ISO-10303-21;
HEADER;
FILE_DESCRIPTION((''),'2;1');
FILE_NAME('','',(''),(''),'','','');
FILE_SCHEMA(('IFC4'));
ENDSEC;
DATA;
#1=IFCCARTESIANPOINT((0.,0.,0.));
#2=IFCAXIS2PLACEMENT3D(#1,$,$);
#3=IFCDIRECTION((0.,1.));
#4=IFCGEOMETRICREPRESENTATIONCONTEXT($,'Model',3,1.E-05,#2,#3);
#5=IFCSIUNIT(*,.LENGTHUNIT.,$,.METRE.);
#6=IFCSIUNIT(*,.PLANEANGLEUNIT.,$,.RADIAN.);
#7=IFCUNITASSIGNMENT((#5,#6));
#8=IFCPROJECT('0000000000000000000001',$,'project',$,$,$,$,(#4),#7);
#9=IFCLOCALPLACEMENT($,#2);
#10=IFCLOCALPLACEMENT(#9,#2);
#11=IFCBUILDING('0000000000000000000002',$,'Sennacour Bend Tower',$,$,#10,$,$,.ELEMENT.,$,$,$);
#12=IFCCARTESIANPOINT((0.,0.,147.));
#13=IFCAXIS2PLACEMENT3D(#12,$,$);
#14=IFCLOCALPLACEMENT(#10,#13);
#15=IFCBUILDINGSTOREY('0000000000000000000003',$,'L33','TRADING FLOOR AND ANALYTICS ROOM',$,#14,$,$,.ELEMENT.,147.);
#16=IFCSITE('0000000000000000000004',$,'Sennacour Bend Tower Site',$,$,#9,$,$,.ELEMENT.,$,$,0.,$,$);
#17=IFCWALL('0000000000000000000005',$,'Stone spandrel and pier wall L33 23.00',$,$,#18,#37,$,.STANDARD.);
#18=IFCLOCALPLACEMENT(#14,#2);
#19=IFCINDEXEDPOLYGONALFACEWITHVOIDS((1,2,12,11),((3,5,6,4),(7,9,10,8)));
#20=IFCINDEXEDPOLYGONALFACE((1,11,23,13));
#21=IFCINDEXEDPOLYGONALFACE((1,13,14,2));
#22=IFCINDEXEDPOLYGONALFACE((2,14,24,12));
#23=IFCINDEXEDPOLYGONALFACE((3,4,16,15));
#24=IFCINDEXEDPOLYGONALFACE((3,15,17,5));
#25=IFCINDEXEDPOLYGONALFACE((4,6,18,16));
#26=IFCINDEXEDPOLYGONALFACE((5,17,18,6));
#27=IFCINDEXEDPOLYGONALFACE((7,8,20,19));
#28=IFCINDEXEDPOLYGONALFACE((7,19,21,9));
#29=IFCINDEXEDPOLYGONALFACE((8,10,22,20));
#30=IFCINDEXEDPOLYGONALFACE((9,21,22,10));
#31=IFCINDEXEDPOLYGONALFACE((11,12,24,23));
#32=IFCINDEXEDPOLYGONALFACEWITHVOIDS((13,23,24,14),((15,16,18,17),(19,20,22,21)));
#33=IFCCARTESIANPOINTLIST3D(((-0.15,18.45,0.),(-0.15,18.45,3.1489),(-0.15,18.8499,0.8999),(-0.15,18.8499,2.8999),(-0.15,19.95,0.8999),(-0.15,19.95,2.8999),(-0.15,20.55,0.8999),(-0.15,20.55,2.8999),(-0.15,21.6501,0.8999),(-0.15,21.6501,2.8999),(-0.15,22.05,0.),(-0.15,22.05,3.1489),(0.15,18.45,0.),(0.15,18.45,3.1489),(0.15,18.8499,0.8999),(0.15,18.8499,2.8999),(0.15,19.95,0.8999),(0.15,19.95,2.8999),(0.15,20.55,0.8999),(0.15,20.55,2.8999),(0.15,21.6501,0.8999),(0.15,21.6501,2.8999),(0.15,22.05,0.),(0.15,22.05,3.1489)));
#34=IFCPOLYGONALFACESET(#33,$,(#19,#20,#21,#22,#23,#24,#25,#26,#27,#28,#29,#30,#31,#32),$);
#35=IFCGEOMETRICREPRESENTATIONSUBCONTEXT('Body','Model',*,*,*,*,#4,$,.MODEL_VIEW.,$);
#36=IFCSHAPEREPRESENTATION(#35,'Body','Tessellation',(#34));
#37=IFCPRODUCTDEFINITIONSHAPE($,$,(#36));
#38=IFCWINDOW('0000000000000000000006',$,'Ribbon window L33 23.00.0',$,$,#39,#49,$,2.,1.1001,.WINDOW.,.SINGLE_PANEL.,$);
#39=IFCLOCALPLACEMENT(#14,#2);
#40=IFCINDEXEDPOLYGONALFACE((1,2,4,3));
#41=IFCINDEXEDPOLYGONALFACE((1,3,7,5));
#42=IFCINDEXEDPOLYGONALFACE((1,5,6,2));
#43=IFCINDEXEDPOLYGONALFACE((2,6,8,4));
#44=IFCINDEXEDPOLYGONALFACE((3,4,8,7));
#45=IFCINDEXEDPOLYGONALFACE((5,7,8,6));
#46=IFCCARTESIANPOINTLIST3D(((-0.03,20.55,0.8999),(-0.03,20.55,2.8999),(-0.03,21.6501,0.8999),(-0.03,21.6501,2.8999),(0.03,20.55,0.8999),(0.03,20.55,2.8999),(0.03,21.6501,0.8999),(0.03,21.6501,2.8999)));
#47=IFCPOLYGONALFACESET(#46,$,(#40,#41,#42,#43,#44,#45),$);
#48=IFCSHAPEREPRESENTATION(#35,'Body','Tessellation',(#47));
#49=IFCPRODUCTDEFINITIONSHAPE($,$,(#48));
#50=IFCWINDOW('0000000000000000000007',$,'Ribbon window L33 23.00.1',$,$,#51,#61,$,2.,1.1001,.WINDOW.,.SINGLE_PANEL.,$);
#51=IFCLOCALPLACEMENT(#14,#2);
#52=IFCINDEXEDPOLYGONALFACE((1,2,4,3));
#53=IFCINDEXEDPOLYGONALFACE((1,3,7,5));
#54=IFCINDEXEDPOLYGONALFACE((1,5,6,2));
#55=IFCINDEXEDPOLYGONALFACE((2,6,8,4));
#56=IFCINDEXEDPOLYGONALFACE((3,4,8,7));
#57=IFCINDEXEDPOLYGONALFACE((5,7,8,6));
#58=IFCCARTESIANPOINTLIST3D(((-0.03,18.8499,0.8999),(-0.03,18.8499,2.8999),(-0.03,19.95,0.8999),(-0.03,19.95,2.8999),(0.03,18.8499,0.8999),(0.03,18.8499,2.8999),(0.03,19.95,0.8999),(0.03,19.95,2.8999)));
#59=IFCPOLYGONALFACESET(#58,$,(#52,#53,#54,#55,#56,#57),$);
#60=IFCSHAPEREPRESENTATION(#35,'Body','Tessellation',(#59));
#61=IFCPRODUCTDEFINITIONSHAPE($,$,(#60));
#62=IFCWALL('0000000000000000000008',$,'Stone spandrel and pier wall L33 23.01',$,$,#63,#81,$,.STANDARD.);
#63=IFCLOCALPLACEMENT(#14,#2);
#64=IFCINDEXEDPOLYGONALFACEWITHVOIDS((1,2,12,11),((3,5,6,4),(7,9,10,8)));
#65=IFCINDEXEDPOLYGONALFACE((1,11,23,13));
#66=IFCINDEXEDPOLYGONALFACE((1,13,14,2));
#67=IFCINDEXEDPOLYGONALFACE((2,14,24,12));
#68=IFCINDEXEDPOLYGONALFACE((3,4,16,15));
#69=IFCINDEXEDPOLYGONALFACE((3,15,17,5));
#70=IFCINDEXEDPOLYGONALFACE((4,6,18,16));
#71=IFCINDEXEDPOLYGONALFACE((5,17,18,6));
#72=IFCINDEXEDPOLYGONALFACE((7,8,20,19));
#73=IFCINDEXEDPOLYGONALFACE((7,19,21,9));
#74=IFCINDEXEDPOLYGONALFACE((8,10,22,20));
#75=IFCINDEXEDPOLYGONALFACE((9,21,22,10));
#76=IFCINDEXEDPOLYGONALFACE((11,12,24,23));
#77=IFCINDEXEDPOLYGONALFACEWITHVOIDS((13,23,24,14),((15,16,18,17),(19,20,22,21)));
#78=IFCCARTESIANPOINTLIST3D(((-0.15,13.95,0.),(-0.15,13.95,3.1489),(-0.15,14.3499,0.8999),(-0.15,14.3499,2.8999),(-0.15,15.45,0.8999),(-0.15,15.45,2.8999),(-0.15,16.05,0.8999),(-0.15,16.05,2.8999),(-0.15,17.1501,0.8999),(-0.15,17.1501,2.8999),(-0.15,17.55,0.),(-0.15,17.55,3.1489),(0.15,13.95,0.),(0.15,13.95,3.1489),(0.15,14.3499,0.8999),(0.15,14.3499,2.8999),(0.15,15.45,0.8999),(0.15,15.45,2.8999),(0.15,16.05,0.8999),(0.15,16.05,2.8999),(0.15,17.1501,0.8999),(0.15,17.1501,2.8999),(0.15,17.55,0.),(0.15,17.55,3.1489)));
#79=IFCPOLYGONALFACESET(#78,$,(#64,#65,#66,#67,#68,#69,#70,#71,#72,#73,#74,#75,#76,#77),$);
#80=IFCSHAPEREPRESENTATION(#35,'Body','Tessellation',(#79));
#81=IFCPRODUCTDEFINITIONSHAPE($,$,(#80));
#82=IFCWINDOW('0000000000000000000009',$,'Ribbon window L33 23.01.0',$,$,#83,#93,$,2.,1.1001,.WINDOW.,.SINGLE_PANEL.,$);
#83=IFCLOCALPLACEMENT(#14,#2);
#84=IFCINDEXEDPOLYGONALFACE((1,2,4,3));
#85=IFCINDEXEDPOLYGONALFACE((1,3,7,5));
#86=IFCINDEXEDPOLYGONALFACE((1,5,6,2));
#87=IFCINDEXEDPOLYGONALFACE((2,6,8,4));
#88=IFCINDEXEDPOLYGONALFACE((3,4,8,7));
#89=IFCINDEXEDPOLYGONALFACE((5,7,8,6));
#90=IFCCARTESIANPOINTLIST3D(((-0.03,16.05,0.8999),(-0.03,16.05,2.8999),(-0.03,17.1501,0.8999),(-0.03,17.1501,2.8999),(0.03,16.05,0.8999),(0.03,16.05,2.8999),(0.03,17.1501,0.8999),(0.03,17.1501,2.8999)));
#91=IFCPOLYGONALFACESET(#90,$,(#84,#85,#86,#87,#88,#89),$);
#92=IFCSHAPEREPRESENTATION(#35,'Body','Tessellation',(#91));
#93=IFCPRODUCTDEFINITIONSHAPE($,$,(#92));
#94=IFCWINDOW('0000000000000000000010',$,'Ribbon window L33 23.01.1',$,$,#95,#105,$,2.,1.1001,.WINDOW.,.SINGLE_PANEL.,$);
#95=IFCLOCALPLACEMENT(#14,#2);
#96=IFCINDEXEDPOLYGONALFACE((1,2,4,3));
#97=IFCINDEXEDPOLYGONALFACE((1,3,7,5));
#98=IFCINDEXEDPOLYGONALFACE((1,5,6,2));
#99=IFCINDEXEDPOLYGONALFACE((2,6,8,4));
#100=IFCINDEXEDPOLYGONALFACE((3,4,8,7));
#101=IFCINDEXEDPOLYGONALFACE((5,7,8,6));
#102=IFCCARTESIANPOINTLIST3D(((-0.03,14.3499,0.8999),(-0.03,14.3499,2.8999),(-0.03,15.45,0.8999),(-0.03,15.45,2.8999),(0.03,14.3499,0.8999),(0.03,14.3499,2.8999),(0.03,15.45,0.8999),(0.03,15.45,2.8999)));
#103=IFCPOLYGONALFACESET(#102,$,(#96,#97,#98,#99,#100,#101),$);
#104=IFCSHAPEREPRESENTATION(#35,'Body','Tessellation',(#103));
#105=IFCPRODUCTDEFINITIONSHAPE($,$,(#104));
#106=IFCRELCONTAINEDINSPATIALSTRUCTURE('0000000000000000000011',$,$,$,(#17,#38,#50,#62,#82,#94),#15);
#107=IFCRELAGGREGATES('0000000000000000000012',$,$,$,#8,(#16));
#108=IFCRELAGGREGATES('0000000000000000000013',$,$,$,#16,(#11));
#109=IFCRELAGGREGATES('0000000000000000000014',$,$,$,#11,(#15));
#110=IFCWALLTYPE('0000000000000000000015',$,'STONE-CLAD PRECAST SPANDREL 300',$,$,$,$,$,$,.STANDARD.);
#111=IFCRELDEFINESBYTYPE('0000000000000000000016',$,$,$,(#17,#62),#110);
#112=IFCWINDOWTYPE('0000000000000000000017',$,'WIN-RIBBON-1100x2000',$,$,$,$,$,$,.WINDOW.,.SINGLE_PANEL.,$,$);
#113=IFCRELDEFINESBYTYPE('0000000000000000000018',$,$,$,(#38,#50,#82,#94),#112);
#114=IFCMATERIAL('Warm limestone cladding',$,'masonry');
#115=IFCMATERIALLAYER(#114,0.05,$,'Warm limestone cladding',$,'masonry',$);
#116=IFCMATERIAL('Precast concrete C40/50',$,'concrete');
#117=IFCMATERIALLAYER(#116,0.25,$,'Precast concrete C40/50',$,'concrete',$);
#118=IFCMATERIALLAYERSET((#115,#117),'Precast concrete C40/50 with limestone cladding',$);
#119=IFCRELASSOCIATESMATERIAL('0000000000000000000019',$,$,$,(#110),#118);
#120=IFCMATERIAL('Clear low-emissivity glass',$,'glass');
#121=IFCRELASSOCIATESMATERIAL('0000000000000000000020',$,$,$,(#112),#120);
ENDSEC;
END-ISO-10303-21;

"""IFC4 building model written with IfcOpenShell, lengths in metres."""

from ifc_helpers import new_model, si_unit, direction, frame, frame_2d, origin, place, context, subcontext, project, spatial, rectangle, extrude, material, layer, layer_set, type_object, element, fill, save


model = new_model("IFC4")

# Units and contexts
model_context = context("Model", 3, precision=1e-05, world=origin(), true_north=direction((0.0, 1.0)))
body_context = subcontext(model_context, "Body", "Model", "MODEL_VIEW")
ifc_project = project(units=[si_unit("LENGTHUNIT", "METRE"), si_unit("PLANEANGLEUNIT", "RADIAN")], contexts=[model_context])

# Site, building, storey
site_placement = place(None, origin())
site = spatial("IfcSite", under=ifc_project, at=site_placement, Name="Sennacour Bend Tower Site", CompositionType="ELEMENT", RefElevation=0.0)
building_placement = place(site_placement, origin())
building = spatial("IfcBuilding", under=site, at=building_placement, Name="Sennacour Bend Tower", CompositionType="ELEMENT")
storey_placement = place(building_placement, frame((0.0, 0.0, 147.0)))
storey = spatial("IfcBuildingStorey", under=building, at=storey_placement, Name="L33", Description="TRADING FLOOR AND ANALYTICS ROOM", CompositionType="ELEMENT", Elevation=147.0)

# Shared definitions
ifc_material_1 = material(Name="Warm limestone cladding", Category="masonry")
ifc_layer_1 = layer(ifc_material_1, 0.05, Name="Warm limestone cladding", Category="masonry")
ifc_material_2 = material(Name="Precast concrete C40/50", Category="concrete")
ifc_layer_2 = layer(ifc_material_2, 0.25, Name="Precast concrete C40/50", Category="concrete")
ifc_layer_set_1 = layer_set([ifc_layer_1, ifc_layer_2], Name="Precast concrete C40/50 with limestone cladding")
wall_type_1 = type_object("IfcWallType", Name="STONE-CLAD PRECAST SPANDREL 300", PredefinedType="STANDARD", material=ifc_layer_set_1)
ifc_material_3 = material(Name="Clear low-emissivity glass", Category="glass")
window_type = type_object("IfcWindowType", Name="WIN-RIBBON-1100x2000", PartitioningType="SINGLE_PANEL", PredefinedType="WINDOW", material=ifc_material_3)

# Walls, openings, windows
wall_1_placement = place(storey_placement, frame((0.0, 22.05, 0.0), z_axis=(0.0, 0.0, 1.0), x_axis=(0.0, -1.0, 0.0)))
wall_1 = element("IfcWall", 1, at=wall_1_placement, inside=storey, type_object=wall_type_1, Name="Stone spandrel and pier wall L33 23.00", PredefinedType="STANDARD", context=body_context, shape_type="SweptSolid", body=[
    extrude(rectangle(XDim=3.6001, YDim=0.3, at=frame_2d((1.8, 0.0))), origin(), (0.0, 0.0, 1.0), 3.1489),
])
opening_1_placement = place(wall_1_placement, frame((0.3999, 0.0, 0.8999)))
opening_1 = element("IfcOpeningElement", 2, at=opening_1_placement, cuts=wall_1, PredefinedType="OPENING", context=body_context, shape_type="SweptSolid", body=[
    extrude(rectangle(XDim=1.1001, YDim=2.0, at=frame_2d((0.55, 1.0))), frame((0.0, 0.1602, 0.0), z_axis=(0.0, -1.0, 0.0), x_axis=(1.0, 0.0, 0.0)), (0.0, 0.0, 1.0), 0.3201),
])
opening_2_placement = place(wall_1_placement, frame((2.1001, 0.0, 0.8999)))
opening_2 = element("IfcOpeningElement", 3, at=opening_2_placement, cuts=wall_1, PredefinedType="OPENING", context=body_context, shape_type="SweptSolid", body=[
    extrude(rectangle(XDim=1.1001, YDim=2.0, at=frame_2d((0.55, 1.0))), frame((0.0, 0.1602, 0.0), z_axis=(0.0, -1.0, 0.0), x_axis=(1.0, 0.0, 0.0)), (0.0, 0.0, 1.0), 0.3201),
])
window_1_placement = place(opening_1_placement, origin())
window_1 = element("IfcWindow", 4, at=window_1_placement, inside=storey, type_object=window_type, Name="Ribbon window L33 23.00.0", OverallHeight=2.0, OverallWidth=1.1001, PartitioningType="SINGLE_PANEL", PredefinedType="WINDOW", context=body_context, shape_type="SweptSolid", body=[
    extrude(rectangle(XDim=1.1001, YDim=2.0, at=frame_2d((0.55, 1.0))), frame((0.0, 0.03, 0.0), z_axis=(0.0, -1.0, 0.0), x_axis=(1.0, 0.0, 0.0)), (0.0, 0.0, 1.0), 0.0601),
])
fill(opening_1, window_1)
window_2_placement = place(opening_2_placement, origin())
window_2 = element("IfcWindow", 5, at=window_2_placement, inside=storey, type_object=window_type, Name="Ribbon window L33 23.00.1", OverallHeight=2.0, OverallWidth=1.1001, PartitioningType="SINGLE_PANEL", PredefinedType="WINDOW", context=body_context, shape_type="SweptSolid", body=[
    extrude(rectangle(XDim=1.1001, YDim=2.0, at=frame_2d((0.55, 1.0))), frame((0.0, 0.03, 0.0), z_axis=(0.0, -1.0, 0.0), x_axis=(1.0, 0.0, 0.0)), (0.0, 0.0, 1.0), 0.0601),
])
fill(opening_2, window_2)
wall_2_placement = place(storey_placement, frame((0.0, 17.55, 0.0), z_axis=(0.0, 0.0, 1.0), x_axis=(0.0, -1.0, 0.0)))
wall_2 = element("IfcWall", 6, at=wall_2_placement, inside=storey, type_object=wall_type_1, Name="Stone spandrel and pier wall L33 23.01", PredefinedType="STANDARD", context=body_context, shape_type="SweptSolid", body=[
    extrude(rectangle(XDim=3.6001, YDim=0.3, at=frame_2d((1.8, 0.0))), origin(), (0.0, 0.0, 1.0), 3.1489),
])
opening_3_placement = place(wall_2_placement, frame((0.3999, 0.0, 0.8999)))
opening_3 = element("IfcOpeningElement", 7, at=opening_3_placement, cuts=wall_2, PredefinedType="OPENING", context=body_context, shape_type="SweptSolid", body=[
    extrude(rectangle(XDim=1.1001, YDim=2.0, at=frame_2d((0.55, 1.0))), frame((0.0, 0.1602, 0.0), z_axis=(0.0, -1.0, 0.0), x_axis=(1.0, 0.0, 0.0)), (0.0, 0.0, 1.0), 0.3201),
])
opening_4_placement = place(wall_2_placement, frame((2.1001, 0.0, 0.8999)))
opening_4 = element("IfcOpeningElement", 8, at=opening_4_placement, cuts=wall_2, PredefinedType="OPENING", context=body_context, shape_type="SweptSolid", body=[
    extrude(rectangle(XDim=1.1001, YDim=2.0, at=frame_2d((0.55, 1.0))), frame((0.0, 0.1602, 0.0), z_axis=(0.0, -1.0, 0.0), x_axis=(1.0, 0.0, 0.0)), (0.0, 0.0, 1.0), 0.3201),
])
window_3_placement = place(opening_3_placement, origin())
window_3 = element("IfcWindow", 9, at=window_3_placement, inside=storey, type_object=window_type, Name="Ribbon window L33 23.01.0", OverallHeight=2.0, OverallWidth=1.1001, PartitioningType="SINGLE_PANEL", PredefinedType="WINDOW", context=body_context, shape_type="SweptSolid", body=[
    extrude(rectangle(XDim=1.1001, YDim=2.0, at=frame_2d((0.55, 1.0))), frame((0.0, 0.03, 0.0), z_axis=(0.0, -1.0, 0.0), x_axis=(1.0, 0.0, 0.0)), (0.0, 0.0, 1.0), 0.0601),
])
fill(opening_3, window_3)
window_4_placement = place(opening_4_placement, origin())
window_4 = element("IfcWindow", 10, at=window_4_placement, inside=storey, type_object=window_type, Name="Ribbon window L33 23.01.1", OverallHeight=2.0, OverallWidth=1.1001, PartitioningType="SINGLE_PANEL", PredefinedType="WINDOW", context=body_context, shape_type="SweptSolid", body=[
    extrude(rectangle(XDim=1.1001, YDim=2.0, at=frame_2d((0.55, 1.0))), frame((0.0, 0.03, 0.0), z_axis=(0.0, -1.0, 0.0), x_axis=(1.0, 0.0, 0.0)), (0.0, 0.0, 1.0), 0.0601),
])
fill(opening_4, window_4)

save(model, "model.ifc")
